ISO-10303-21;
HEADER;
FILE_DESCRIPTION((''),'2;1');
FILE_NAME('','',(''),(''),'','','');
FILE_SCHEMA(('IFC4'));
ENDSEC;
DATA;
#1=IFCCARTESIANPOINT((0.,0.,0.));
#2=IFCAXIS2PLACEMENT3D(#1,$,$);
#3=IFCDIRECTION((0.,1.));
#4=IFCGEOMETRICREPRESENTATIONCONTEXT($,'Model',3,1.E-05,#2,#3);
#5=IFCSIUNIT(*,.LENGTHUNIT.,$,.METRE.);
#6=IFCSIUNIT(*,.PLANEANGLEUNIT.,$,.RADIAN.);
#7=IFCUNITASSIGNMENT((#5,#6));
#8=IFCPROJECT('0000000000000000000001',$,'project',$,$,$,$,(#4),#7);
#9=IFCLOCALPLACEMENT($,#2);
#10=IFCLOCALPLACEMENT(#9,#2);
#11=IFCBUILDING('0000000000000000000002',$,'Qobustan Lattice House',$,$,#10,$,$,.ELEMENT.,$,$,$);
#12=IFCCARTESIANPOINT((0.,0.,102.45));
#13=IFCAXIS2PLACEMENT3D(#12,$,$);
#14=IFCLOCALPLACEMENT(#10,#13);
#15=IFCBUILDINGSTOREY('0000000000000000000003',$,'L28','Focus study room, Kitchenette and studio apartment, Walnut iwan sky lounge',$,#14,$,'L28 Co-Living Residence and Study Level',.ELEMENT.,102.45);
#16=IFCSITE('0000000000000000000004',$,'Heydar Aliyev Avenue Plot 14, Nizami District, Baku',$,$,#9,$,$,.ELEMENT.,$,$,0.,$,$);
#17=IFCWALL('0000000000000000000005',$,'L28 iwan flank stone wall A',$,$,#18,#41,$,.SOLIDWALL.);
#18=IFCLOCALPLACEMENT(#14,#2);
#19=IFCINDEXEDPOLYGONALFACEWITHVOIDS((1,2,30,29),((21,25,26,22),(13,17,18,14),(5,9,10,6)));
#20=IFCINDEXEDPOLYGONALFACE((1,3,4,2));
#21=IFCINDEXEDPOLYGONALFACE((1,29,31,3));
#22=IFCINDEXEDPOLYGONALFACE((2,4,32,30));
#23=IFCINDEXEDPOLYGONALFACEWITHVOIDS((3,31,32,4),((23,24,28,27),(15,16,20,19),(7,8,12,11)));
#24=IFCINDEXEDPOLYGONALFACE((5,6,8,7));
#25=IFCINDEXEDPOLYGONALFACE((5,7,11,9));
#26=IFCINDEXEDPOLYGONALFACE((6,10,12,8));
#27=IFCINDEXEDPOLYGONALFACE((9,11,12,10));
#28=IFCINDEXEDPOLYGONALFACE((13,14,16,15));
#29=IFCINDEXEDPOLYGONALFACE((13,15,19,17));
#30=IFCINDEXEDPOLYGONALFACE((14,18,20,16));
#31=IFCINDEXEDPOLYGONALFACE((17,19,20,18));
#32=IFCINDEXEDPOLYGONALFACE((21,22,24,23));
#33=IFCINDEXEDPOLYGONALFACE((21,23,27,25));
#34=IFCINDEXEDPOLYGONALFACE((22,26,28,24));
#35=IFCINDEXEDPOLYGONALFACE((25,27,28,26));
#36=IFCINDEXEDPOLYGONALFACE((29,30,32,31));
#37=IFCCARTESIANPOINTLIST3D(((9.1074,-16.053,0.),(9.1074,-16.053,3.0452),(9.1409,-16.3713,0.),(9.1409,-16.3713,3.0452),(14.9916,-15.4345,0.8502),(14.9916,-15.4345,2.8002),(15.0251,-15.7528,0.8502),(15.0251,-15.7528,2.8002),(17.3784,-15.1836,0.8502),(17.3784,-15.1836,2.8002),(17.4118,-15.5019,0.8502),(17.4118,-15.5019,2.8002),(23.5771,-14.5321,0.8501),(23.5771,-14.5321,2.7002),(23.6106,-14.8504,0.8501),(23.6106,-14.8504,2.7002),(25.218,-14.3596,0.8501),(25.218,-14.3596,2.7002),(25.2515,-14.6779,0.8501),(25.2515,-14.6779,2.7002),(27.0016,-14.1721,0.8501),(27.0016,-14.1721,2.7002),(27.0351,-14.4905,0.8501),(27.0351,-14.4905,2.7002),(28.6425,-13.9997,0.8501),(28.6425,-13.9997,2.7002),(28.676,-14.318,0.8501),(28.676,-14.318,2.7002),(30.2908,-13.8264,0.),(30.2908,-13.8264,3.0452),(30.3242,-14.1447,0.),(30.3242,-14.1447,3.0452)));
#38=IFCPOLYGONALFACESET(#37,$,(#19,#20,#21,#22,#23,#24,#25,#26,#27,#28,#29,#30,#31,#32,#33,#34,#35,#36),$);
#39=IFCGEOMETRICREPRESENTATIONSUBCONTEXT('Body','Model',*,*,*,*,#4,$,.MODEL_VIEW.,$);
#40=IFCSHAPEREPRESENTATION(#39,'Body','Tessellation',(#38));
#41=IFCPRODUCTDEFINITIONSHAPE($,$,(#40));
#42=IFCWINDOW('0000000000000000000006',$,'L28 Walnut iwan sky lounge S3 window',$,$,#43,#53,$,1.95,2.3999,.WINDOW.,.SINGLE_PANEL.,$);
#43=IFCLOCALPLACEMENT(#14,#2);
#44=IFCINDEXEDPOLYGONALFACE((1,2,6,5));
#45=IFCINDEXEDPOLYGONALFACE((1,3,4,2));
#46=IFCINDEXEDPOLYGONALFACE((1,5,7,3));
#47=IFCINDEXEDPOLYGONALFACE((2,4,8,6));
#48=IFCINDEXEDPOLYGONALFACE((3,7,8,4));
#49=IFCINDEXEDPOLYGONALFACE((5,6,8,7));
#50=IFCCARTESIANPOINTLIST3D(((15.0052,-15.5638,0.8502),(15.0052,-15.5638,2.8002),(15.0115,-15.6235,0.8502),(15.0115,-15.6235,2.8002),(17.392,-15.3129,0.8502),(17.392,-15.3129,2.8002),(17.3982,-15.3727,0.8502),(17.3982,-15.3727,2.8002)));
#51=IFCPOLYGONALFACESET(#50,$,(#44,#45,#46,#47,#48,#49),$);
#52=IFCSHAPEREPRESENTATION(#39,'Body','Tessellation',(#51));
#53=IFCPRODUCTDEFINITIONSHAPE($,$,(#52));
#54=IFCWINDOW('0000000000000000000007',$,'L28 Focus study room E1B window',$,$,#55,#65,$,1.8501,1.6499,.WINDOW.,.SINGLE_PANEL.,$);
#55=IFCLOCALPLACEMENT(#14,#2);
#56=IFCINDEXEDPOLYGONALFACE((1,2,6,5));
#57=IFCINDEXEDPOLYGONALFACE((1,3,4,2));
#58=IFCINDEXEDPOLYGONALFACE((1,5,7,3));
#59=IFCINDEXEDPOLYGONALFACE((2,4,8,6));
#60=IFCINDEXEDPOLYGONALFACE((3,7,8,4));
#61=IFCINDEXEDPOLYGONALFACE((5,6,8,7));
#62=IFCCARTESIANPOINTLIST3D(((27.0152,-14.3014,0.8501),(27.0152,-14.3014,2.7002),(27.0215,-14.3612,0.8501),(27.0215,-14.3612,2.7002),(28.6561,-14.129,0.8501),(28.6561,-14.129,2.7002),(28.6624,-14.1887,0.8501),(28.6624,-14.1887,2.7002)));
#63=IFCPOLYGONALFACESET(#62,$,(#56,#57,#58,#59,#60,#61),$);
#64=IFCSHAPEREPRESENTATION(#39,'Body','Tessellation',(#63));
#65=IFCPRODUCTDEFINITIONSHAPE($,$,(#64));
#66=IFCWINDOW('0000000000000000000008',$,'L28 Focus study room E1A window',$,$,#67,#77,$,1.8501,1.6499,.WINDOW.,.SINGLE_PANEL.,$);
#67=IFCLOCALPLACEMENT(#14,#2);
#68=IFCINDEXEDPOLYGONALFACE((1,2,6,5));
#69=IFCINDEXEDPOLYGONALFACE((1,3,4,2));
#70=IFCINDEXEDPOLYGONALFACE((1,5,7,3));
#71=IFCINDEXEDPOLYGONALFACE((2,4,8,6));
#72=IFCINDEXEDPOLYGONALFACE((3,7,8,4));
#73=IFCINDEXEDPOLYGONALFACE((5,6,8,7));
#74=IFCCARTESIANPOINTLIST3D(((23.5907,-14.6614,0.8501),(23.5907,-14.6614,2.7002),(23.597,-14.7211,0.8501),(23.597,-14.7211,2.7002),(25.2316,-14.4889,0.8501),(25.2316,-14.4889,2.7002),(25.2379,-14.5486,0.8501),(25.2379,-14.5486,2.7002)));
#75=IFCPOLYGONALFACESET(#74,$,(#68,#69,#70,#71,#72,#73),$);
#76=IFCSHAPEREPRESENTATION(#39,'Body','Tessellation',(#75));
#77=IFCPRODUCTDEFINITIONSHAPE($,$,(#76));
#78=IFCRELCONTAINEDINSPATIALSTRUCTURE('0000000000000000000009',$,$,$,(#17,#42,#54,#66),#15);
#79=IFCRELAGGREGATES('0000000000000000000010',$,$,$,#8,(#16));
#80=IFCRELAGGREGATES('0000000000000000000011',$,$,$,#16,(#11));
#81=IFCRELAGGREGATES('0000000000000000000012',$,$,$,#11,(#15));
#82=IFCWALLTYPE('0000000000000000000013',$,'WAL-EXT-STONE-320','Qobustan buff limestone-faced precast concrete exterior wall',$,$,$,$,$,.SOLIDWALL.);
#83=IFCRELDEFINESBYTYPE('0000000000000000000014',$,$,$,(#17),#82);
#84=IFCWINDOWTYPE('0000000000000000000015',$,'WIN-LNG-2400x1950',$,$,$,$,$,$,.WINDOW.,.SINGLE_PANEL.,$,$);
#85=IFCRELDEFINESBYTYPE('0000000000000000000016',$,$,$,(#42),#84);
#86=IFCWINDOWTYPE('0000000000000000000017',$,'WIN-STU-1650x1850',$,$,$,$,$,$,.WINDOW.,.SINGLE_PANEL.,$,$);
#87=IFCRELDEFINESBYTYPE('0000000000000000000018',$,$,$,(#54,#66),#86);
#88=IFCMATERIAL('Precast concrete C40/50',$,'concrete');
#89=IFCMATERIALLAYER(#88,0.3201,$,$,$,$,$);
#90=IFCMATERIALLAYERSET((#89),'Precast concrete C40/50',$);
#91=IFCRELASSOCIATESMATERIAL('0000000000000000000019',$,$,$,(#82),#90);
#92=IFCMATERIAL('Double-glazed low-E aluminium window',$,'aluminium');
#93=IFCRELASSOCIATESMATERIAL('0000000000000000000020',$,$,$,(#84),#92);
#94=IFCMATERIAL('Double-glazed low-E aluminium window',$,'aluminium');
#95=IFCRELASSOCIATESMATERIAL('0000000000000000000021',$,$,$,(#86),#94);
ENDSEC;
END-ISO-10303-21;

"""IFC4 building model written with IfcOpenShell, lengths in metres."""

from ifc_helpers import new_model, si_unit, direction, frame, frame_2d, origin, place, context, subcontext, project, spatial, rectangle, extrude, material, layer, layer_set, type_object, element, fill, save


model = new_model("IFC4")

# Units and contexts
model_context = context("Model", 3, precision=1e-05, world=origin(), true_north=direction((0.0, 1.0)))
body_context = subcontext(model_context, "Body", "Model", "MODEL_VIEW")
ifc_project = project(units=[si_unit("LENGTHUNIT", "METRE"), si_unit("PLANEANGLEUNIT", "RADIAN")], contexts=[model_context])

# Site, building, storey
site_placement = place(None, origin())
site = spatial("IfcSite", under=ifc_project, at=site_placement, Name="Heydar Aliyev Avenue Plot 14, Nizami District, Baku", CompositionType="ELEMENT", RefElevation=0.0)
building_placement = place(site_placement, origin())
building = spatial("IfcBuilding", under=site, at=building_placement, Name="Qobustan Lattice House", CompositionType="ELEMENT")
storey_placement = place(building_placement, frame((0.0, 0.0, 102.45)))
storey = spatial("IfcBuildingStorey", under=building, at=storey_placement, Name="L28", Description="Focus study room, Kitchenette and studio apartment, Walnut iwan sky lounge", LongName="L28 Co-Living Residence and Study Level", CompositionType="ELEMENT", Elevation=102.45)

# Shared definitions
ifc_material_1 = material(Name="Precast concrete C40/50", Category="concrete")
ifc_layer_1 = layer(ifc_material_1, 0.3201)
ifc_layer_set_1 = layer_set([ifc_layer_1], Name="Precast concrete C40/50")
wall_type = type_object("IfcWallType", Name="WAL-EXT-STONE-320", Description="Qobustan buff limestone-faced precast concrete exterior wall", PredefinedType="SOLIDWALL", material=ifc_layer_set_1)

# Wall, openings, windows
wall_1_placement = place(storey_placement, frame((30.3074, -13.9856, 0.0), z_axis=(0.0, 0.0, 1.0), x_axis=(-0.994521, -0.104533, 0.0)))
wall_1 = element("IfcWall", 1, at=wall_1_placement, inside=storey, type_object=wall_type, Name="L28 iwan flank stone wall A", PredefinedType="SOLIDWALL", context=body_context, shape_type="SweptSolid", body=[
    extrude(rectangle(XDim=21.3, YDim=0.3201, at=frame_2d((10.6499, 0.0))), origin(), (0.0, 0.0, 1.0), 3.0452),
])
opening_1_placement = place(wall_1_placement, frame((1.6572, 0.0, 0.8501)))
opening_1 = element("IfcOpeningElement", 2, at=opening_1_placement, cuts=wall_1, PredefinedType="OPENING", context=body_context, shape_type="SweptSolid", body=[
    extrude(rectangle(XDim=1.6499, YDim=1.8501, at=frame_2d((0.825, 0.925))), frame((0.0, 0.1699, 0.0), z_axis=(0.0, -1.0, 0.0), x_axis=(1.0, 0.0, 0.0)), (0.0, 0.0, 1.0), 0.3401),
])
opening_2_placement = place(wall_1_placement, frame((5.1006, 0.0, 0.8501)))
opening_2 = element("IfcOpeningElement", 3, at=opening_2_placement, cuts=wall_1, PredefinedType="OPENING", context=body_context, shape_type="SweptSolid", body=[
    extrude(rectangle(XDim=1.6499, YDim=1.8501, at=frame_2d((0.825, 0.925))), frame((0.0, 0.1699, 0.0), z_axis=(0.0, -1.0, 0.0), x_axis=(1.0, 0.0, 0.0)), (0.0, 0.0, 1.0), 0.3401),
])
opening_3_placement = place(wall_1_placement, frame((12.9834, 0.0, 0.8501)))
opening_3 = element("IfcOpeningElement", 4, at=opening_3_placement, cuts=wall_1, PredefinedType="OPENING", context=body_context, shape_type="SweptSolid", body=[
    extrude(rectangle(XDim=2.3999, YDim=1.95, at=frame_2d((1.2, 0.9751))), frame((0.0, 0.1699, 0.0), z_axis=(0.0, -1.0, 0.0), x_axis=(1.0, 0.0, 0.0)), (0.0, 0.0, 1.0), 0.3401),
])
ifc_material_2 = material(Name="Double-glazed low-E aluminium window", Category="aluminium")
window_type_1 = type_object("IfcWindowType", Name="WIN-LNG-2400x1950", PartitioningType="SINGLE_PANEL", PredefinedType="WINDOW", material=ifc_material_2)
window_1_placement = place(opening_3_placement, origin())
window_1 = element("IfcWindow", 5, at=window_1_placement, inside=storey, type_object=window_type_1, Name="L28 Walnut iwan sky lounge S3 window", OverallHeight=1.95, OverallWidth=2.3999, PartitioningType="SINGLE_PANEL", PredefinedType="WINDOW", context=body_context, shape_type="SweptSolid", body=[
    extrude(rectangle(XDim=2.3999, YDim=1.95, at=frame_2d((1.2, 0.9751))), frame((0.0, 0.03, 0.0), z_axis=(0.0, -1.0, 0.0), x_axis=(1.0, 0.0, 0.0)), (0.0, 0.0, 1.0), 0.0601),
])
fill(opening_3, window_1)
ifc_material_3 = material(Name="Double-glazed low-E aluminium window", Category="aluminium")
window_type_2 = type_object("IfcWindowType", Name="WIN-STU-1650x1850", PartitioningType="SINGLE_PANEL", PredefinedType="WINDOW", material=ifc_material_3)
window_2_placement = place(opening_1_placement, origin())
window_2 = element("IfcWindow", 6, at=window_2_placement, inside=storey, type_object=window_type_2, Name="L28 Focus study room E1B window", OverallHeight=1.8501, OverallWidth=1.6499, PartitioningType="SINGLE_PANEL", PredefinedType="WINDOW", context=body_context, shape_type="SweptSolid", body=[
    extrude(rectangle(XDim=1.6499, YDim=1.8501, at=frame_2d((0.825, 0.925))), frame((0.0, 0.03, 0.0), z_axis=(0.0, -1.0, 0.0), x_axis=(1.0, 0.0, 0.0)), (0.0, 0.0, 1.0), 0.0601),
])
fill(opening_1, window_2)
window_3_placement = place(opening_2_placement, origin())
window_3 = element("IfcWindow", 7, at=window_3_placement, inside=storey, type_object=window_type_2, Name="L28 Focus study room E1A window", OverallHeight=1.8501, OverallWidth=1.6499, PartitioningType="SINGLE_PANEL", PredefinedType="WINDOW", context=body_context, shape_type="SweptSolid", body=[
    extrude(rectangle(XDim=1.6499, YDim=1.8501, at=frame_2d((0.825, 0.925))), frame((0.0, 0.03, 0.0), z_axis=(0.0, -1.0, 0.0), x_axis=(1.0, 0.0, 0.0)), (0.0, 0.0, 1.0), 0.0601),
])
fill(opening_2, window_3)

save(model, "model.ifc")
